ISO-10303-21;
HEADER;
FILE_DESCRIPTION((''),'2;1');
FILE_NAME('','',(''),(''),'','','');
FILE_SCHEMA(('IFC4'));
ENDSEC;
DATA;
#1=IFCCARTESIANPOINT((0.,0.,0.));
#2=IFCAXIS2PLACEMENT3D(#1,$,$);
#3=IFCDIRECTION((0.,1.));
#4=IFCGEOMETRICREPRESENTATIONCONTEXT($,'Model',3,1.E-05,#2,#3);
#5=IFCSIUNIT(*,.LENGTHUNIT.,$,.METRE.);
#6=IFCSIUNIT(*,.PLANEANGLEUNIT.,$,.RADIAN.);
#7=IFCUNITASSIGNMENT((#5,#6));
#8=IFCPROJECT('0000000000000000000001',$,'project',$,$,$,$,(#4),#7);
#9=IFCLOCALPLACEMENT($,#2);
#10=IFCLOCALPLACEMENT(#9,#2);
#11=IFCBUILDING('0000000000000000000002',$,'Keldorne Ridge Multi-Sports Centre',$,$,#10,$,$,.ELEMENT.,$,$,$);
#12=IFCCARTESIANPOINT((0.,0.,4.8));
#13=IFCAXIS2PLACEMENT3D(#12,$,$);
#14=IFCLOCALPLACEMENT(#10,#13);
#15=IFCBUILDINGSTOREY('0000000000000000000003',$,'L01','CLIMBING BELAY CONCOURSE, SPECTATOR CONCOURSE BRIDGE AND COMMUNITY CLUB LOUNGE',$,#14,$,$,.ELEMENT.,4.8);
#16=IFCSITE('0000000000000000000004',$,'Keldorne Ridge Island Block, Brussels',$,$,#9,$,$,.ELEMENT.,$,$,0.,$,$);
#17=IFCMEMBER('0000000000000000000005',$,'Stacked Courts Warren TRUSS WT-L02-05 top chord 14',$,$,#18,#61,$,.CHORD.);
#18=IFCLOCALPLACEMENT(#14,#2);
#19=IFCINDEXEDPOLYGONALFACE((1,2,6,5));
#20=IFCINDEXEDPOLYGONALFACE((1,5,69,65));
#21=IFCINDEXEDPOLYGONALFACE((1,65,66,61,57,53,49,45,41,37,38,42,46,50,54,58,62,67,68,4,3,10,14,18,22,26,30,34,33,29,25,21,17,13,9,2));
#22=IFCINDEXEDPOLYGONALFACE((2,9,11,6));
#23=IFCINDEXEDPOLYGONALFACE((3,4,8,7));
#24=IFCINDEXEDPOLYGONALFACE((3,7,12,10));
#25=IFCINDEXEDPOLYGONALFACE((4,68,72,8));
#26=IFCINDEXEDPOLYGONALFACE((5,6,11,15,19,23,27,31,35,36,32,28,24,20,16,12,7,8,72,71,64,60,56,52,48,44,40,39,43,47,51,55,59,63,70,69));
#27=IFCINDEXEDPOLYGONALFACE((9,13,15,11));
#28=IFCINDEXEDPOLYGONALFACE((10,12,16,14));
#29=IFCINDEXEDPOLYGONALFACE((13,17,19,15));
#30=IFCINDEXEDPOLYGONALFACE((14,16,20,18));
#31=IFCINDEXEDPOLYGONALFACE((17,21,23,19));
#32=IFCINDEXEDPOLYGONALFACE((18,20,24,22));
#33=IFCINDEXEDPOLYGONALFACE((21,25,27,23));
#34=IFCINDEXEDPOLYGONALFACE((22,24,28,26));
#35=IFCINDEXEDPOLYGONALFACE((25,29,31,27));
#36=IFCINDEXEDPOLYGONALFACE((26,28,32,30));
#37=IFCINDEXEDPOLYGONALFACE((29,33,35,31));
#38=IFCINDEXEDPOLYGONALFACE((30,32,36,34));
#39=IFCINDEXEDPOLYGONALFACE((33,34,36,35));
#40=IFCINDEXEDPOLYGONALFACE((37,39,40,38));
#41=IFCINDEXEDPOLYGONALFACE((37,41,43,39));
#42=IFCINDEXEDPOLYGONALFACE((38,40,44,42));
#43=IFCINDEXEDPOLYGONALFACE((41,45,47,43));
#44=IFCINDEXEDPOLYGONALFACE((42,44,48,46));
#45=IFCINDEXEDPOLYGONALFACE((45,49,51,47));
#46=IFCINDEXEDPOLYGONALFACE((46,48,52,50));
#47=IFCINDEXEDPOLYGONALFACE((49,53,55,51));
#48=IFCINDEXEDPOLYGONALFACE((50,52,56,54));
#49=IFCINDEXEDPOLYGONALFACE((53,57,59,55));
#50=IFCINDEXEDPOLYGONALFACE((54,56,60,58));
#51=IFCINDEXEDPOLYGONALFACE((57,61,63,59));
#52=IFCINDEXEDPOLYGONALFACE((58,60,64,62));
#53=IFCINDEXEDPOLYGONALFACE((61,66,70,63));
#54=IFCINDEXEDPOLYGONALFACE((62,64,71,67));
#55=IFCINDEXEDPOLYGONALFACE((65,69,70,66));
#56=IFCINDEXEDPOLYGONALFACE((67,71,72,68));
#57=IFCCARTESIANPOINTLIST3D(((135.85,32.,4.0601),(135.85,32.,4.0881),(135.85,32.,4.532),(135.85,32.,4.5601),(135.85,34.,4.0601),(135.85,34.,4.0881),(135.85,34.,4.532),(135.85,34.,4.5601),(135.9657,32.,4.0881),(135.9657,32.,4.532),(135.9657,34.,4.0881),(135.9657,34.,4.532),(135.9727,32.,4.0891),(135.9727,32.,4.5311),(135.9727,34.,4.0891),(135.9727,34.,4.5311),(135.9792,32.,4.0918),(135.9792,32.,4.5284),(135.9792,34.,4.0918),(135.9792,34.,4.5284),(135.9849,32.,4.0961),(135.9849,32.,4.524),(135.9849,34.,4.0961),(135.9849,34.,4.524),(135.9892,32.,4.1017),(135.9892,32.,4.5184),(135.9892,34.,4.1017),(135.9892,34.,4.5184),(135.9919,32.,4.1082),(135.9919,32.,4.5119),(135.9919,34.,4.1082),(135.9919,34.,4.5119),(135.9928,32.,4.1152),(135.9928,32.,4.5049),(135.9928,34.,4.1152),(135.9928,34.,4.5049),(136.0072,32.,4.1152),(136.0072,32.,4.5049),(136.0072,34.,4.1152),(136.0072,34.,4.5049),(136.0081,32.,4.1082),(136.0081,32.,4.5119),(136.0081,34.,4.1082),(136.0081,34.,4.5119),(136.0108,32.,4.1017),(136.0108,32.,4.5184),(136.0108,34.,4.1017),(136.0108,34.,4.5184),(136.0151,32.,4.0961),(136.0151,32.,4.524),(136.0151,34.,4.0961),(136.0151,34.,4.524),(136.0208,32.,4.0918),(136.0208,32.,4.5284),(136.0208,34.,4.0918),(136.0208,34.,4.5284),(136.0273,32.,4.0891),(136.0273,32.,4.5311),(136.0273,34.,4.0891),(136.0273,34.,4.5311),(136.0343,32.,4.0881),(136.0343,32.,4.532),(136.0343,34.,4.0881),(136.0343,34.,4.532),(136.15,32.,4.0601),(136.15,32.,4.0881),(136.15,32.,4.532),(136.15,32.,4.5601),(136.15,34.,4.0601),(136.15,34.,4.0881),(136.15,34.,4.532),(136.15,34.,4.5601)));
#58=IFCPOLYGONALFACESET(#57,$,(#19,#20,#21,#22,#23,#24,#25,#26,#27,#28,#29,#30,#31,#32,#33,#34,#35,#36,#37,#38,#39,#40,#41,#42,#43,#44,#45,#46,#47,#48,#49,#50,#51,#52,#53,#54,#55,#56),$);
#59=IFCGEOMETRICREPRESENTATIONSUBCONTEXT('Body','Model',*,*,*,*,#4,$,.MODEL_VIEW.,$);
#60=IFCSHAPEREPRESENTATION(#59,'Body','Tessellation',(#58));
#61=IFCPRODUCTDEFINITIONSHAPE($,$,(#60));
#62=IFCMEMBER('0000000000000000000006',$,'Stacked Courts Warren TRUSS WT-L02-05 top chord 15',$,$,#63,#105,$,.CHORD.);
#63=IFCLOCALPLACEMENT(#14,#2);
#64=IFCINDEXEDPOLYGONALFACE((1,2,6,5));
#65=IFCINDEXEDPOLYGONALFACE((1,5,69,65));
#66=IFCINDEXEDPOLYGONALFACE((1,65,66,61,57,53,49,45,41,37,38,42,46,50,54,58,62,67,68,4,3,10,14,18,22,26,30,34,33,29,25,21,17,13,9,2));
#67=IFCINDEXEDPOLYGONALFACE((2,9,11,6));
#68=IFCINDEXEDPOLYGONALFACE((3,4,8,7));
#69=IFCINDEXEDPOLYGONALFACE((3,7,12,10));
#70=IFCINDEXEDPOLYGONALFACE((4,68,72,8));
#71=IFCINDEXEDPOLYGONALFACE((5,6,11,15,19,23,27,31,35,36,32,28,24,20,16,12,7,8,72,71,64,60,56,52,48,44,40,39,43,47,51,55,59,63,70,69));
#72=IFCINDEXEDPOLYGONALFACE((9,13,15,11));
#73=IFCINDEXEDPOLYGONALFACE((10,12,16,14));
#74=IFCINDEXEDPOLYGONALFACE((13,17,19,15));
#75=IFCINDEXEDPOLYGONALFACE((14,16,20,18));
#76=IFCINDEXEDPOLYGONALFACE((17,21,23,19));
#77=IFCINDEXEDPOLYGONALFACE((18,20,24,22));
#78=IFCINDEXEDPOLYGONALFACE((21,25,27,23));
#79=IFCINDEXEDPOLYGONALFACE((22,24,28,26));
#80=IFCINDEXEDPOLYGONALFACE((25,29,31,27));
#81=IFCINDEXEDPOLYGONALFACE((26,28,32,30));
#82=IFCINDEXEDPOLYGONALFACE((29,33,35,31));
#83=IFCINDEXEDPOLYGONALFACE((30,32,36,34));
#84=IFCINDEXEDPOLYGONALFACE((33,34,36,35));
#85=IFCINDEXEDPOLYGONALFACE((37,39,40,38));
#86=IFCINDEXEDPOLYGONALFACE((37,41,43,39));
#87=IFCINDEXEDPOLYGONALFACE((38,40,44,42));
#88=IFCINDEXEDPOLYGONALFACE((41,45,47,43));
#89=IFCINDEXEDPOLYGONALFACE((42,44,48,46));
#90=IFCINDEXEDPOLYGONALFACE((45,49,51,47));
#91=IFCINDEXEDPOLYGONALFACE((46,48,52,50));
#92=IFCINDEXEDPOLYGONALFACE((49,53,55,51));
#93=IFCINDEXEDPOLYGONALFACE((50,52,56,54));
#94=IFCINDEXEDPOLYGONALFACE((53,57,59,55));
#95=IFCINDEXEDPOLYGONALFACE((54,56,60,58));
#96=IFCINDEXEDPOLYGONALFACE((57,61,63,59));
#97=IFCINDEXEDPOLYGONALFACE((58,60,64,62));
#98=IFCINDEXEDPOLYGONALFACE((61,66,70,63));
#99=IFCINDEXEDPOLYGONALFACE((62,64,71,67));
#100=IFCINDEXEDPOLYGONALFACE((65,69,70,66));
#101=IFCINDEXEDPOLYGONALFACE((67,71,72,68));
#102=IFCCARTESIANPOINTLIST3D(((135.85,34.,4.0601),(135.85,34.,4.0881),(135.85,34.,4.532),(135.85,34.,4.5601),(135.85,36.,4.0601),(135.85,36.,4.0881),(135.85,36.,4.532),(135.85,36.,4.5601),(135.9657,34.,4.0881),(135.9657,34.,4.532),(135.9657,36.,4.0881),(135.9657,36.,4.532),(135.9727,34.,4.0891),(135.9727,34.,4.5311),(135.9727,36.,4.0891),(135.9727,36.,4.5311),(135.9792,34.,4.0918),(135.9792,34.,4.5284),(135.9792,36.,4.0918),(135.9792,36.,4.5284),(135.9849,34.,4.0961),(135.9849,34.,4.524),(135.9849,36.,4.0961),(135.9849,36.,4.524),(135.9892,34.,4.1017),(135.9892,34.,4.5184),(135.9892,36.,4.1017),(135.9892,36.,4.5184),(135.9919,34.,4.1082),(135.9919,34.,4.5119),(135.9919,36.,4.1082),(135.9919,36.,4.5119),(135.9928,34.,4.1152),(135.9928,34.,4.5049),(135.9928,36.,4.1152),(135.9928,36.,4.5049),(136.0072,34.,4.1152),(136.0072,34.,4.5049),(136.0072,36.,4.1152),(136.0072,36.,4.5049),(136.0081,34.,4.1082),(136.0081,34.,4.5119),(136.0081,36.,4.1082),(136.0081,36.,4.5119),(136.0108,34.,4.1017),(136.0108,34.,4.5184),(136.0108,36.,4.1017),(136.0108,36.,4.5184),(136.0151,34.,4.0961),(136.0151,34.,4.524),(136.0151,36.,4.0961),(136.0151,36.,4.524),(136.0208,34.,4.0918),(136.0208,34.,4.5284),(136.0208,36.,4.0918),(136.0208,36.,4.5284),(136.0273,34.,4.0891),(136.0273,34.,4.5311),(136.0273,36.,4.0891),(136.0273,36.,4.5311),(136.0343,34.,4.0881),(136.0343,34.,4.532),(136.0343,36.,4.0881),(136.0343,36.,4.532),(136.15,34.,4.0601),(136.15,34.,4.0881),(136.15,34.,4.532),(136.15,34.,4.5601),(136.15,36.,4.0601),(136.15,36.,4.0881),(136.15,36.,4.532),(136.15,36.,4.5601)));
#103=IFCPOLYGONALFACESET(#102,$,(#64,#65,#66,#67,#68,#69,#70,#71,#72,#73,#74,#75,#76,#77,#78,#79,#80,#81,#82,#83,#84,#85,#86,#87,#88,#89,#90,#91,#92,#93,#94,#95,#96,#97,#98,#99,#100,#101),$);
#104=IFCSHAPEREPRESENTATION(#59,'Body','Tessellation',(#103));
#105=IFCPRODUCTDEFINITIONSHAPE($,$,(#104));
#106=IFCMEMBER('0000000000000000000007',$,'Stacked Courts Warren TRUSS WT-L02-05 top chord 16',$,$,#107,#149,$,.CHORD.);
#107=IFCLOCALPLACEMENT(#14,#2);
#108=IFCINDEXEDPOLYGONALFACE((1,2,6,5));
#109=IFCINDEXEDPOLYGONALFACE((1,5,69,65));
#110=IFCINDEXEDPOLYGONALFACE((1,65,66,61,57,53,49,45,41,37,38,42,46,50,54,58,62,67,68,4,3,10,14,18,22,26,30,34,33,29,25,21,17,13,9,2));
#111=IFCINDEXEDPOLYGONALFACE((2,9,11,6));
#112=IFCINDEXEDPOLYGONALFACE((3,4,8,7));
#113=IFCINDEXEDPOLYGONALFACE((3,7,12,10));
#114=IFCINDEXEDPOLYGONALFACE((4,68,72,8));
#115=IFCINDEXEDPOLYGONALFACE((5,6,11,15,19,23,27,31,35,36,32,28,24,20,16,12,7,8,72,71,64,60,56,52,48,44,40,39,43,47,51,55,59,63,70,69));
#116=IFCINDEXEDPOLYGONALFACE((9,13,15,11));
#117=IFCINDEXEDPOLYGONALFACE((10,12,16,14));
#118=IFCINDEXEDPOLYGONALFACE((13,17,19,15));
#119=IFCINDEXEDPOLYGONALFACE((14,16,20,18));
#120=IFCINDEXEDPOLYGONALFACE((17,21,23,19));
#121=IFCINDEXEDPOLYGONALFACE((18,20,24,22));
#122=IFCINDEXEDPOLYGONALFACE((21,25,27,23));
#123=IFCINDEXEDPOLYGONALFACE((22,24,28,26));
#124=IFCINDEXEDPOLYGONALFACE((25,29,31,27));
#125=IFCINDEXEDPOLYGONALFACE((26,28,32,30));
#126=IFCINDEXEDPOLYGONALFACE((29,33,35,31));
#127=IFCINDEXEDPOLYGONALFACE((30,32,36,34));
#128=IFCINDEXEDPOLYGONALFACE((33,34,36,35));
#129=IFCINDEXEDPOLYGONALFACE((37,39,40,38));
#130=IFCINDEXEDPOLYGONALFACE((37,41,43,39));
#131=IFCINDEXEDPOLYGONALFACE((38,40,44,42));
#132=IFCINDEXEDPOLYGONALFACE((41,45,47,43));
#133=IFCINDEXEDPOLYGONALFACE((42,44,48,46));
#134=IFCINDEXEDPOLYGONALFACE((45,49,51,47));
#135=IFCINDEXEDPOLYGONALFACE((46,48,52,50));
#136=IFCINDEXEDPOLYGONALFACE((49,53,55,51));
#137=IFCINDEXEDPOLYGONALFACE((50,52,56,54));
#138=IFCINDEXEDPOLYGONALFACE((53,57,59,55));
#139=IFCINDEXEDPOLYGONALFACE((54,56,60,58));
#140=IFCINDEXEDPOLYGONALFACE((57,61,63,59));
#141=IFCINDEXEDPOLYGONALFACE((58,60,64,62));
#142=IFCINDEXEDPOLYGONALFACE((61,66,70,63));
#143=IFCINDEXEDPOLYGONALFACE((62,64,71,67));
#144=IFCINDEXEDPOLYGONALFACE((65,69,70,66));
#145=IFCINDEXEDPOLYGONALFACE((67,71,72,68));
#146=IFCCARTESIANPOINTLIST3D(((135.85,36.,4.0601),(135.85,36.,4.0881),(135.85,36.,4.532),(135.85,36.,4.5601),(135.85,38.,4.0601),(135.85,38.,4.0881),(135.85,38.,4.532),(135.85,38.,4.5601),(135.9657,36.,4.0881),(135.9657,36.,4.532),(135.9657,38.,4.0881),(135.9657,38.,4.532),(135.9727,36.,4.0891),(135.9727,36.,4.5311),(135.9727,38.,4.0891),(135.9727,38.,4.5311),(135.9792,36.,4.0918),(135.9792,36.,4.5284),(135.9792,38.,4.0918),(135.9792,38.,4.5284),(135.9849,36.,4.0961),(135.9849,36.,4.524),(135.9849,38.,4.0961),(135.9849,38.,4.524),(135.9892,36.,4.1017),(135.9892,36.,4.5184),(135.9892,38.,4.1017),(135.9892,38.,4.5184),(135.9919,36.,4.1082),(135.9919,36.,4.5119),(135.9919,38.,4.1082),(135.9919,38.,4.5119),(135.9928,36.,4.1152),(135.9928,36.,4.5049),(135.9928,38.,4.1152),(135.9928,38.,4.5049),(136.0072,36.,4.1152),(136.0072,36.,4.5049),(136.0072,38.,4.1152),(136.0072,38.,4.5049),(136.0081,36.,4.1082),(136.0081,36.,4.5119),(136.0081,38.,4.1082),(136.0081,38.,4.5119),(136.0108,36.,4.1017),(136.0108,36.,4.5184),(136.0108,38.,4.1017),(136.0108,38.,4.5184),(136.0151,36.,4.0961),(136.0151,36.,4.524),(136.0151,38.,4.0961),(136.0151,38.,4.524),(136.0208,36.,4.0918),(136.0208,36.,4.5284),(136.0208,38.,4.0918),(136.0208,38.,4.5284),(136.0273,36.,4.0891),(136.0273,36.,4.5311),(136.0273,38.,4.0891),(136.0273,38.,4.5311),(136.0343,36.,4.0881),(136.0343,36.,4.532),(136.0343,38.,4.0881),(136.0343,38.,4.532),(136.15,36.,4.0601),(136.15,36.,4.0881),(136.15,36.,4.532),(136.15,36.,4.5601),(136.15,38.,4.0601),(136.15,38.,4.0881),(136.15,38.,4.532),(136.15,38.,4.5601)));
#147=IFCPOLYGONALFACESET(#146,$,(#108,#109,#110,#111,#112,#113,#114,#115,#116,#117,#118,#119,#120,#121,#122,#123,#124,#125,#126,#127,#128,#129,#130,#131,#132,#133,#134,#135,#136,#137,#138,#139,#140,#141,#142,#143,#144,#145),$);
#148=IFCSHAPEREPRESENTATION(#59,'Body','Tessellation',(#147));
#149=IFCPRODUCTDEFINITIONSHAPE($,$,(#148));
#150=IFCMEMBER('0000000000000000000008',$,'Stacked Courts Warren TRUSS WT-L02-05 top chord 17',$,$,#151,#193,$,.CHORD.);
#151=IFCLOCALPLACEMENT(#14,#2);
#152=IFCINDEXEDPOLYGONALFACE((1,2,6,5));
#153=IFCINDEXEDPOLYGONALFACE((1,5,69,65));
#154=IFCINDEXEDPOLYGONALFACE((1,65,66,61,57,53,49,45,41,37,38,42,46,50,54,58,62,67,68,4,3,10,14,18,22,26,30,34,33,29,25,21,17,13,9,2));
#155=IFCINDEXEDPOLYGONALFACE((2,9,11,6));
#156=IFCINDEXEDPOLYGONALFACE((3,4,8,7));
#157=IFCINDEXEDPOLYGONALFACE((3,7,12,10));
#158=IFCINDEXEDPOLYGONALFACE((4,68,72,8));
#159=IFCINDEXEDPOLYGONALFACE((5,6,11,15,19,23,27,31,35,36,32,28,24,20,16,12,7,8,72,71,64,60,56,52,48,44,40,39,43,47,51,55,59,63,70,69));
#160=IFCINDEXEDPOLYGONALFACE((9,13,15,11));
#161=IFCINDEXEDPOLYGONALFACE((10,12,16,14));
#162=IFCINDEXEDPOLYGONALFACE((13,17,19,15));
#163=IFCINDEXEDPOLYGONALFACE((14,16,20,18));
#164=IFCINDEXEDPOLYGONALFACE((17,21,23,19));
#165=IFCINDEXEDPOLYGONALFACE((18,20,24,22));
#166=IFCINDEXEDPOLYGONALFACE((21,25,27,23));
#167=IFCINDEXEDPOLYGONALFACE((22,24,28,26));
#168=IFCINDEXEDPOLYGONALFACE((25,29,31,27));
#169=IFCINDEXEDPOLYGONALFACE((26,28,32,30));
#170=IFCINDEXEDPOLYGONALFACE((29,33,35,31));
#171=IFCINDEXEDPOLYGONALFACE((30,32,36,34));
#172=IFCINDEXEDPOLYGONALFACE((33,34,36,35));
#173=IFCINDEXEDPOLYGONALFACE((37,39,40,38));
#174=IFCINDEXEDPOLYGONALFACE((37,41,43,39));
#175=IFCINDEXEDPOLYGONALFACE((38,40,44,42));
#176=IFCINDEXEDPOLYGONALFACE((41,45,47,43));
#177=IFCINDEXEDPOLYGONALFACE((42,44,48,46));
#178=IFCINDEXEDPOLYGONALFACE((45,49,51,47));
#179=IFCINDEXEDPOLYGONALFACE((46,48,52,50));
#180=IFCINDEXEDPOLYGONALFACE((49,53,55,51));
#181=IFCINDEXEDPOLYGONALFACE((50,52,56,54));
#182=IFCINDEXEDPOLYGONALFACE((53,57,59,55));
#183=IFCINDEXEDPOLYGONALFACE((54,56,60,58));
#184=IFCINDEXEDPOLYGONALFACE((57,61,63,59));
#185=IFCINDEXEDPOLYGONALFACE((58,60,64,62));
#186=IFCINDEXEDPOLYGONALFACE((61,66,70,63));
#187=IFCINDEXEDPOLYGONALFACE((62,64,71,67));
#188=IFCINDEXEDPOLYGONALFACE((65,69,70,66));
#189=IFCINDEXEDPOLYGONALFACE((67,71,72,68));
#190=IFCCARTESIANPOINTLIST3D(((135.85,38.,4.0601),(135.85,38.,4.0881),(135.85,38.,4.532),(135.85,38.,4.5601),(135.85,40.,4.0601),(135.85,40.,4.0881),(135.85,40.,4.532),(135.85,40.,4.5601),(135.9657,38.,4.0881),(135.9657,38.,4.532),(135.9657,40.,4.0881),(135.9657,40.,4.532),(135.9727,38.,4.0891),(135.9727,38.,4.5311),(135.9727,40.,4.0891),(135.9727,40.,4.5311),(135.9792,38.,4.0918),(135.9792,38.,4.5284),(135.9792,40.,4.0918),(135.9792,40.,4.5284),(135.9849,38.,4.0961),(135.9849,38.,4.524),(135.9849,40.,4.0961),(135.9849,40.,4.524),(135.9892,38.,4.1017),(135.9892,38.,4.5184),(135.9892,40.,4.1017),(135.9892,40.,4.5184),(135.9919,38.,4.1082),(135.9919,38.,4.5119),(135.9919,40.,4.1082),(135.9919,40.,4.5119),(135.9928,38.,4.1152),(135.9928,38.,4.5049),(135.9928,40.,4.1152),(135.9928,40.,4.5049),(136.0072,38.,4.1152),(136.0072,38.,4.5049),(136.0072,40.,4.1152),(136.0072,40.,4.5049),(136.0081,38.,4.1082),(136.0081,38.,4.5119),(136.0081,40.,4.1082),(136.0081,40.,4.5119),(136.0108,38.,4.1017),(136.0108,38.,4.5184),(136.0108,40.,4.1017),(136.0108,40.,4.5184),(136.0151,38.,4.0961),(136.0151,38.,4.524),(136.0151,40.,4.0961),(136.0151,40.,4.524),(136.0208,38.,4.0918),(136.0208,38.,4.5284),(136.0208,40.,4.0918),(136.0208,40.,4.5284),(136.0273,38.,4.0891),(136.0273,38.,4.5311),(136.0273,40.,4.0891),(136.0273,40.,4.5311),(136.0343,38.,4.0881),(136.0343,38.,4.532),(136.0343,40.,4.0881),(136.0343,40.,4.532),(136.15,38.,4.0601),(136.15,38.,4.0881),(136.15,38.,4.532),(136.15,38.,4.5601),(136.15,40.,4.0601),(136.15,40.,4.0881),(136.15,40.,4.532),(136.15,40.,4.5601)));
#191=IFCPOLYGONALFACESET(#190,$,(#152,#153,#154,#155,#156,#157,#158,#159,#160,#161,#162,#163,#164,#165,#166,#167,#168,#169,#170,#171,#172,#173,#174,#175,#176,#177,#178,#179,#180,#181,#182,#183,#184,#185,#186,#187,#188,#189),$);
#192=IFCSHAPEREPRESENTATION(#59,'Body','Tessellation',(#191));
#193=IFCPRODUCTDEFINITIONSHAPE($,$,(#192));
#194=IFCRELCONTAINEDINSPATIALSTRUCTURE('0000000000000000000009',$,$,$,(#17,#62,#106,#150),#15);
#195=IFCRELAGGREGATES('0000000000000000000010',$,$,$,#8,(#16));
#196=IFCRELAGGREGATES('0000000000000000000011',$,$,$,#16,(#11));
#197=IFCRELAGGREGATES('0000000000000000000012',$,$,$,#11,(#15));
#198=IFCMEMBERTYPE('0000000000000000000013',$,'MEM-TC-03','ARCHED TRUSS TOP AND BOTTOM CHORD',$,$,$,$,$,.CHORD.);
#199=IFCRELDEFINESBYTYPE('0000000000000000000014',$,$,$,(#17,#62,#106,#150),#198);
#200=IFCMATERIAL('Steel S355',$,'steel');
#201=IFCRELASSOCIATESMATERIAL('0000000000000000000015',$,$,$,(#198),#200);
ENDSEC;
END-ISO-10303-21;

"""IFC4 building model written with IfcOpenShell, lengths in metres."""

from ifc_helpers import new_model, si_unit, direction, frame, origin, origin_2d, place, context, subcontext, project, spatial, i_section, extrude, material, material_profile, profile_set, type_object, element, save


model = new_model("IFC4")

# Units and contexts
model_context = context("Model", 3, precision=1e-05, world=origin(), true_north=direction((0.0, 1.0)))
body_context = subcontext(model_context, "Body", "Model", "MODEL_VIEW")
ifc_project = project(units=[si_unit("LENGTHUNIT", "METRE"), si_unit("PLANEANGLEUNIT", "RADIAN")], contexts=[model_context])

# Site, building, storey
site_placement = place(None, origin())
site = spatial("IfcSite", under=ifc_project, at=site_placement, Name="Keldorne Ridge Island Block, Brussels", CompositionType="ELEMENT", RefElevation=0.0)
building_placement = place(site_placement, origin())
building = spatial("IfcBuilding", under=site, at=building_placement, Name="Keldorne Ridge Multi-Sports Centre", CompositionType="ELEMENT")
storey_placement = place(building_placement, frame((0.0, 0.0, 4.8)))
storey = spatial("IfcBuildingStorey", under=building, at=storey_placement, Name="L01", Description="CLIMBING BELAY CONCOURSE, SPECTATOR CONCOURSE BRIDGE AND COMMUNITY CLUB LOUNGE", CompositionType="ELEMENT", Elevation=4.8)

# Members
ifc_material = material(Name="Steel S355", Category="steel")
ifc_material_profile_1 = material_profile(ifc_material, i_section(OverallWidth=0.3, OverallDepth=0.5, WebThickness=0.0144, FlangeThickness=0.0281, FilletRadius=0.0271, at=origin_2d()), Name="HEB 500")
ifc_profile_set_1 = profile_set([ifc_material_profile_1], Name="Steel S355")
member_type_1 = type_object("IfcMemberType", Name="MEM-TC-03", Description="ARCHED TRUSS TOP AND BOTTOM CHORD", PredefinedType="CHORD", material=ifc_profile_set_1)
for number, where, z_axis, x_axis, name in (
    (1, (136.0, 32.0, 4.3101), (0.0, 1.0, 0.0), (-1.0, 0.0, 0.0), "Stacked Courts Warren TRUSS WT-L02-05 top chord 14"),
    (2, (136.0, 34.0, 4.3101), (0.0, 1.0, 0.0), (-1.0, 0.0, 0.0), "Stacked Courts Warren TRUSS WT-L02-05 top chord 15"),
    (3, (136.0, 36.0, 4.3101), (0.0, 1.0, 0.0), (-1.0, 0.0, 0.0), "Stacked Courts Warren TRUSS WT-L02-05 top chord 16"),
    (4, (136.0, 38.0, 4.3101), (0.0, 1.0, 0.0), (-1.0, 0.0, 0.0), "Stacked Courts Warren TRUSS WT-L02-05 top chord 17"),
):
    element("IfcMember", number, at=place(storey_placement, frame(where, z_axis=z_axis, x_axis=x_axis)), inside=storey, type_object=member_type_1, Name=name, PredefinedType="CHORD", context=body_context, shape_type="SweptSolid", body=[
        extrude(i_section(OverallWidth=0.3, OverallDepth=0.5, WebThickness=0.0144, FlangeThickness=0.0281, FilletRadius=0.0271, at=origin_2d()), origin(), (0.0, 0.0, 1.0), 2.0),
    ])

save(model, "model.ifc")
